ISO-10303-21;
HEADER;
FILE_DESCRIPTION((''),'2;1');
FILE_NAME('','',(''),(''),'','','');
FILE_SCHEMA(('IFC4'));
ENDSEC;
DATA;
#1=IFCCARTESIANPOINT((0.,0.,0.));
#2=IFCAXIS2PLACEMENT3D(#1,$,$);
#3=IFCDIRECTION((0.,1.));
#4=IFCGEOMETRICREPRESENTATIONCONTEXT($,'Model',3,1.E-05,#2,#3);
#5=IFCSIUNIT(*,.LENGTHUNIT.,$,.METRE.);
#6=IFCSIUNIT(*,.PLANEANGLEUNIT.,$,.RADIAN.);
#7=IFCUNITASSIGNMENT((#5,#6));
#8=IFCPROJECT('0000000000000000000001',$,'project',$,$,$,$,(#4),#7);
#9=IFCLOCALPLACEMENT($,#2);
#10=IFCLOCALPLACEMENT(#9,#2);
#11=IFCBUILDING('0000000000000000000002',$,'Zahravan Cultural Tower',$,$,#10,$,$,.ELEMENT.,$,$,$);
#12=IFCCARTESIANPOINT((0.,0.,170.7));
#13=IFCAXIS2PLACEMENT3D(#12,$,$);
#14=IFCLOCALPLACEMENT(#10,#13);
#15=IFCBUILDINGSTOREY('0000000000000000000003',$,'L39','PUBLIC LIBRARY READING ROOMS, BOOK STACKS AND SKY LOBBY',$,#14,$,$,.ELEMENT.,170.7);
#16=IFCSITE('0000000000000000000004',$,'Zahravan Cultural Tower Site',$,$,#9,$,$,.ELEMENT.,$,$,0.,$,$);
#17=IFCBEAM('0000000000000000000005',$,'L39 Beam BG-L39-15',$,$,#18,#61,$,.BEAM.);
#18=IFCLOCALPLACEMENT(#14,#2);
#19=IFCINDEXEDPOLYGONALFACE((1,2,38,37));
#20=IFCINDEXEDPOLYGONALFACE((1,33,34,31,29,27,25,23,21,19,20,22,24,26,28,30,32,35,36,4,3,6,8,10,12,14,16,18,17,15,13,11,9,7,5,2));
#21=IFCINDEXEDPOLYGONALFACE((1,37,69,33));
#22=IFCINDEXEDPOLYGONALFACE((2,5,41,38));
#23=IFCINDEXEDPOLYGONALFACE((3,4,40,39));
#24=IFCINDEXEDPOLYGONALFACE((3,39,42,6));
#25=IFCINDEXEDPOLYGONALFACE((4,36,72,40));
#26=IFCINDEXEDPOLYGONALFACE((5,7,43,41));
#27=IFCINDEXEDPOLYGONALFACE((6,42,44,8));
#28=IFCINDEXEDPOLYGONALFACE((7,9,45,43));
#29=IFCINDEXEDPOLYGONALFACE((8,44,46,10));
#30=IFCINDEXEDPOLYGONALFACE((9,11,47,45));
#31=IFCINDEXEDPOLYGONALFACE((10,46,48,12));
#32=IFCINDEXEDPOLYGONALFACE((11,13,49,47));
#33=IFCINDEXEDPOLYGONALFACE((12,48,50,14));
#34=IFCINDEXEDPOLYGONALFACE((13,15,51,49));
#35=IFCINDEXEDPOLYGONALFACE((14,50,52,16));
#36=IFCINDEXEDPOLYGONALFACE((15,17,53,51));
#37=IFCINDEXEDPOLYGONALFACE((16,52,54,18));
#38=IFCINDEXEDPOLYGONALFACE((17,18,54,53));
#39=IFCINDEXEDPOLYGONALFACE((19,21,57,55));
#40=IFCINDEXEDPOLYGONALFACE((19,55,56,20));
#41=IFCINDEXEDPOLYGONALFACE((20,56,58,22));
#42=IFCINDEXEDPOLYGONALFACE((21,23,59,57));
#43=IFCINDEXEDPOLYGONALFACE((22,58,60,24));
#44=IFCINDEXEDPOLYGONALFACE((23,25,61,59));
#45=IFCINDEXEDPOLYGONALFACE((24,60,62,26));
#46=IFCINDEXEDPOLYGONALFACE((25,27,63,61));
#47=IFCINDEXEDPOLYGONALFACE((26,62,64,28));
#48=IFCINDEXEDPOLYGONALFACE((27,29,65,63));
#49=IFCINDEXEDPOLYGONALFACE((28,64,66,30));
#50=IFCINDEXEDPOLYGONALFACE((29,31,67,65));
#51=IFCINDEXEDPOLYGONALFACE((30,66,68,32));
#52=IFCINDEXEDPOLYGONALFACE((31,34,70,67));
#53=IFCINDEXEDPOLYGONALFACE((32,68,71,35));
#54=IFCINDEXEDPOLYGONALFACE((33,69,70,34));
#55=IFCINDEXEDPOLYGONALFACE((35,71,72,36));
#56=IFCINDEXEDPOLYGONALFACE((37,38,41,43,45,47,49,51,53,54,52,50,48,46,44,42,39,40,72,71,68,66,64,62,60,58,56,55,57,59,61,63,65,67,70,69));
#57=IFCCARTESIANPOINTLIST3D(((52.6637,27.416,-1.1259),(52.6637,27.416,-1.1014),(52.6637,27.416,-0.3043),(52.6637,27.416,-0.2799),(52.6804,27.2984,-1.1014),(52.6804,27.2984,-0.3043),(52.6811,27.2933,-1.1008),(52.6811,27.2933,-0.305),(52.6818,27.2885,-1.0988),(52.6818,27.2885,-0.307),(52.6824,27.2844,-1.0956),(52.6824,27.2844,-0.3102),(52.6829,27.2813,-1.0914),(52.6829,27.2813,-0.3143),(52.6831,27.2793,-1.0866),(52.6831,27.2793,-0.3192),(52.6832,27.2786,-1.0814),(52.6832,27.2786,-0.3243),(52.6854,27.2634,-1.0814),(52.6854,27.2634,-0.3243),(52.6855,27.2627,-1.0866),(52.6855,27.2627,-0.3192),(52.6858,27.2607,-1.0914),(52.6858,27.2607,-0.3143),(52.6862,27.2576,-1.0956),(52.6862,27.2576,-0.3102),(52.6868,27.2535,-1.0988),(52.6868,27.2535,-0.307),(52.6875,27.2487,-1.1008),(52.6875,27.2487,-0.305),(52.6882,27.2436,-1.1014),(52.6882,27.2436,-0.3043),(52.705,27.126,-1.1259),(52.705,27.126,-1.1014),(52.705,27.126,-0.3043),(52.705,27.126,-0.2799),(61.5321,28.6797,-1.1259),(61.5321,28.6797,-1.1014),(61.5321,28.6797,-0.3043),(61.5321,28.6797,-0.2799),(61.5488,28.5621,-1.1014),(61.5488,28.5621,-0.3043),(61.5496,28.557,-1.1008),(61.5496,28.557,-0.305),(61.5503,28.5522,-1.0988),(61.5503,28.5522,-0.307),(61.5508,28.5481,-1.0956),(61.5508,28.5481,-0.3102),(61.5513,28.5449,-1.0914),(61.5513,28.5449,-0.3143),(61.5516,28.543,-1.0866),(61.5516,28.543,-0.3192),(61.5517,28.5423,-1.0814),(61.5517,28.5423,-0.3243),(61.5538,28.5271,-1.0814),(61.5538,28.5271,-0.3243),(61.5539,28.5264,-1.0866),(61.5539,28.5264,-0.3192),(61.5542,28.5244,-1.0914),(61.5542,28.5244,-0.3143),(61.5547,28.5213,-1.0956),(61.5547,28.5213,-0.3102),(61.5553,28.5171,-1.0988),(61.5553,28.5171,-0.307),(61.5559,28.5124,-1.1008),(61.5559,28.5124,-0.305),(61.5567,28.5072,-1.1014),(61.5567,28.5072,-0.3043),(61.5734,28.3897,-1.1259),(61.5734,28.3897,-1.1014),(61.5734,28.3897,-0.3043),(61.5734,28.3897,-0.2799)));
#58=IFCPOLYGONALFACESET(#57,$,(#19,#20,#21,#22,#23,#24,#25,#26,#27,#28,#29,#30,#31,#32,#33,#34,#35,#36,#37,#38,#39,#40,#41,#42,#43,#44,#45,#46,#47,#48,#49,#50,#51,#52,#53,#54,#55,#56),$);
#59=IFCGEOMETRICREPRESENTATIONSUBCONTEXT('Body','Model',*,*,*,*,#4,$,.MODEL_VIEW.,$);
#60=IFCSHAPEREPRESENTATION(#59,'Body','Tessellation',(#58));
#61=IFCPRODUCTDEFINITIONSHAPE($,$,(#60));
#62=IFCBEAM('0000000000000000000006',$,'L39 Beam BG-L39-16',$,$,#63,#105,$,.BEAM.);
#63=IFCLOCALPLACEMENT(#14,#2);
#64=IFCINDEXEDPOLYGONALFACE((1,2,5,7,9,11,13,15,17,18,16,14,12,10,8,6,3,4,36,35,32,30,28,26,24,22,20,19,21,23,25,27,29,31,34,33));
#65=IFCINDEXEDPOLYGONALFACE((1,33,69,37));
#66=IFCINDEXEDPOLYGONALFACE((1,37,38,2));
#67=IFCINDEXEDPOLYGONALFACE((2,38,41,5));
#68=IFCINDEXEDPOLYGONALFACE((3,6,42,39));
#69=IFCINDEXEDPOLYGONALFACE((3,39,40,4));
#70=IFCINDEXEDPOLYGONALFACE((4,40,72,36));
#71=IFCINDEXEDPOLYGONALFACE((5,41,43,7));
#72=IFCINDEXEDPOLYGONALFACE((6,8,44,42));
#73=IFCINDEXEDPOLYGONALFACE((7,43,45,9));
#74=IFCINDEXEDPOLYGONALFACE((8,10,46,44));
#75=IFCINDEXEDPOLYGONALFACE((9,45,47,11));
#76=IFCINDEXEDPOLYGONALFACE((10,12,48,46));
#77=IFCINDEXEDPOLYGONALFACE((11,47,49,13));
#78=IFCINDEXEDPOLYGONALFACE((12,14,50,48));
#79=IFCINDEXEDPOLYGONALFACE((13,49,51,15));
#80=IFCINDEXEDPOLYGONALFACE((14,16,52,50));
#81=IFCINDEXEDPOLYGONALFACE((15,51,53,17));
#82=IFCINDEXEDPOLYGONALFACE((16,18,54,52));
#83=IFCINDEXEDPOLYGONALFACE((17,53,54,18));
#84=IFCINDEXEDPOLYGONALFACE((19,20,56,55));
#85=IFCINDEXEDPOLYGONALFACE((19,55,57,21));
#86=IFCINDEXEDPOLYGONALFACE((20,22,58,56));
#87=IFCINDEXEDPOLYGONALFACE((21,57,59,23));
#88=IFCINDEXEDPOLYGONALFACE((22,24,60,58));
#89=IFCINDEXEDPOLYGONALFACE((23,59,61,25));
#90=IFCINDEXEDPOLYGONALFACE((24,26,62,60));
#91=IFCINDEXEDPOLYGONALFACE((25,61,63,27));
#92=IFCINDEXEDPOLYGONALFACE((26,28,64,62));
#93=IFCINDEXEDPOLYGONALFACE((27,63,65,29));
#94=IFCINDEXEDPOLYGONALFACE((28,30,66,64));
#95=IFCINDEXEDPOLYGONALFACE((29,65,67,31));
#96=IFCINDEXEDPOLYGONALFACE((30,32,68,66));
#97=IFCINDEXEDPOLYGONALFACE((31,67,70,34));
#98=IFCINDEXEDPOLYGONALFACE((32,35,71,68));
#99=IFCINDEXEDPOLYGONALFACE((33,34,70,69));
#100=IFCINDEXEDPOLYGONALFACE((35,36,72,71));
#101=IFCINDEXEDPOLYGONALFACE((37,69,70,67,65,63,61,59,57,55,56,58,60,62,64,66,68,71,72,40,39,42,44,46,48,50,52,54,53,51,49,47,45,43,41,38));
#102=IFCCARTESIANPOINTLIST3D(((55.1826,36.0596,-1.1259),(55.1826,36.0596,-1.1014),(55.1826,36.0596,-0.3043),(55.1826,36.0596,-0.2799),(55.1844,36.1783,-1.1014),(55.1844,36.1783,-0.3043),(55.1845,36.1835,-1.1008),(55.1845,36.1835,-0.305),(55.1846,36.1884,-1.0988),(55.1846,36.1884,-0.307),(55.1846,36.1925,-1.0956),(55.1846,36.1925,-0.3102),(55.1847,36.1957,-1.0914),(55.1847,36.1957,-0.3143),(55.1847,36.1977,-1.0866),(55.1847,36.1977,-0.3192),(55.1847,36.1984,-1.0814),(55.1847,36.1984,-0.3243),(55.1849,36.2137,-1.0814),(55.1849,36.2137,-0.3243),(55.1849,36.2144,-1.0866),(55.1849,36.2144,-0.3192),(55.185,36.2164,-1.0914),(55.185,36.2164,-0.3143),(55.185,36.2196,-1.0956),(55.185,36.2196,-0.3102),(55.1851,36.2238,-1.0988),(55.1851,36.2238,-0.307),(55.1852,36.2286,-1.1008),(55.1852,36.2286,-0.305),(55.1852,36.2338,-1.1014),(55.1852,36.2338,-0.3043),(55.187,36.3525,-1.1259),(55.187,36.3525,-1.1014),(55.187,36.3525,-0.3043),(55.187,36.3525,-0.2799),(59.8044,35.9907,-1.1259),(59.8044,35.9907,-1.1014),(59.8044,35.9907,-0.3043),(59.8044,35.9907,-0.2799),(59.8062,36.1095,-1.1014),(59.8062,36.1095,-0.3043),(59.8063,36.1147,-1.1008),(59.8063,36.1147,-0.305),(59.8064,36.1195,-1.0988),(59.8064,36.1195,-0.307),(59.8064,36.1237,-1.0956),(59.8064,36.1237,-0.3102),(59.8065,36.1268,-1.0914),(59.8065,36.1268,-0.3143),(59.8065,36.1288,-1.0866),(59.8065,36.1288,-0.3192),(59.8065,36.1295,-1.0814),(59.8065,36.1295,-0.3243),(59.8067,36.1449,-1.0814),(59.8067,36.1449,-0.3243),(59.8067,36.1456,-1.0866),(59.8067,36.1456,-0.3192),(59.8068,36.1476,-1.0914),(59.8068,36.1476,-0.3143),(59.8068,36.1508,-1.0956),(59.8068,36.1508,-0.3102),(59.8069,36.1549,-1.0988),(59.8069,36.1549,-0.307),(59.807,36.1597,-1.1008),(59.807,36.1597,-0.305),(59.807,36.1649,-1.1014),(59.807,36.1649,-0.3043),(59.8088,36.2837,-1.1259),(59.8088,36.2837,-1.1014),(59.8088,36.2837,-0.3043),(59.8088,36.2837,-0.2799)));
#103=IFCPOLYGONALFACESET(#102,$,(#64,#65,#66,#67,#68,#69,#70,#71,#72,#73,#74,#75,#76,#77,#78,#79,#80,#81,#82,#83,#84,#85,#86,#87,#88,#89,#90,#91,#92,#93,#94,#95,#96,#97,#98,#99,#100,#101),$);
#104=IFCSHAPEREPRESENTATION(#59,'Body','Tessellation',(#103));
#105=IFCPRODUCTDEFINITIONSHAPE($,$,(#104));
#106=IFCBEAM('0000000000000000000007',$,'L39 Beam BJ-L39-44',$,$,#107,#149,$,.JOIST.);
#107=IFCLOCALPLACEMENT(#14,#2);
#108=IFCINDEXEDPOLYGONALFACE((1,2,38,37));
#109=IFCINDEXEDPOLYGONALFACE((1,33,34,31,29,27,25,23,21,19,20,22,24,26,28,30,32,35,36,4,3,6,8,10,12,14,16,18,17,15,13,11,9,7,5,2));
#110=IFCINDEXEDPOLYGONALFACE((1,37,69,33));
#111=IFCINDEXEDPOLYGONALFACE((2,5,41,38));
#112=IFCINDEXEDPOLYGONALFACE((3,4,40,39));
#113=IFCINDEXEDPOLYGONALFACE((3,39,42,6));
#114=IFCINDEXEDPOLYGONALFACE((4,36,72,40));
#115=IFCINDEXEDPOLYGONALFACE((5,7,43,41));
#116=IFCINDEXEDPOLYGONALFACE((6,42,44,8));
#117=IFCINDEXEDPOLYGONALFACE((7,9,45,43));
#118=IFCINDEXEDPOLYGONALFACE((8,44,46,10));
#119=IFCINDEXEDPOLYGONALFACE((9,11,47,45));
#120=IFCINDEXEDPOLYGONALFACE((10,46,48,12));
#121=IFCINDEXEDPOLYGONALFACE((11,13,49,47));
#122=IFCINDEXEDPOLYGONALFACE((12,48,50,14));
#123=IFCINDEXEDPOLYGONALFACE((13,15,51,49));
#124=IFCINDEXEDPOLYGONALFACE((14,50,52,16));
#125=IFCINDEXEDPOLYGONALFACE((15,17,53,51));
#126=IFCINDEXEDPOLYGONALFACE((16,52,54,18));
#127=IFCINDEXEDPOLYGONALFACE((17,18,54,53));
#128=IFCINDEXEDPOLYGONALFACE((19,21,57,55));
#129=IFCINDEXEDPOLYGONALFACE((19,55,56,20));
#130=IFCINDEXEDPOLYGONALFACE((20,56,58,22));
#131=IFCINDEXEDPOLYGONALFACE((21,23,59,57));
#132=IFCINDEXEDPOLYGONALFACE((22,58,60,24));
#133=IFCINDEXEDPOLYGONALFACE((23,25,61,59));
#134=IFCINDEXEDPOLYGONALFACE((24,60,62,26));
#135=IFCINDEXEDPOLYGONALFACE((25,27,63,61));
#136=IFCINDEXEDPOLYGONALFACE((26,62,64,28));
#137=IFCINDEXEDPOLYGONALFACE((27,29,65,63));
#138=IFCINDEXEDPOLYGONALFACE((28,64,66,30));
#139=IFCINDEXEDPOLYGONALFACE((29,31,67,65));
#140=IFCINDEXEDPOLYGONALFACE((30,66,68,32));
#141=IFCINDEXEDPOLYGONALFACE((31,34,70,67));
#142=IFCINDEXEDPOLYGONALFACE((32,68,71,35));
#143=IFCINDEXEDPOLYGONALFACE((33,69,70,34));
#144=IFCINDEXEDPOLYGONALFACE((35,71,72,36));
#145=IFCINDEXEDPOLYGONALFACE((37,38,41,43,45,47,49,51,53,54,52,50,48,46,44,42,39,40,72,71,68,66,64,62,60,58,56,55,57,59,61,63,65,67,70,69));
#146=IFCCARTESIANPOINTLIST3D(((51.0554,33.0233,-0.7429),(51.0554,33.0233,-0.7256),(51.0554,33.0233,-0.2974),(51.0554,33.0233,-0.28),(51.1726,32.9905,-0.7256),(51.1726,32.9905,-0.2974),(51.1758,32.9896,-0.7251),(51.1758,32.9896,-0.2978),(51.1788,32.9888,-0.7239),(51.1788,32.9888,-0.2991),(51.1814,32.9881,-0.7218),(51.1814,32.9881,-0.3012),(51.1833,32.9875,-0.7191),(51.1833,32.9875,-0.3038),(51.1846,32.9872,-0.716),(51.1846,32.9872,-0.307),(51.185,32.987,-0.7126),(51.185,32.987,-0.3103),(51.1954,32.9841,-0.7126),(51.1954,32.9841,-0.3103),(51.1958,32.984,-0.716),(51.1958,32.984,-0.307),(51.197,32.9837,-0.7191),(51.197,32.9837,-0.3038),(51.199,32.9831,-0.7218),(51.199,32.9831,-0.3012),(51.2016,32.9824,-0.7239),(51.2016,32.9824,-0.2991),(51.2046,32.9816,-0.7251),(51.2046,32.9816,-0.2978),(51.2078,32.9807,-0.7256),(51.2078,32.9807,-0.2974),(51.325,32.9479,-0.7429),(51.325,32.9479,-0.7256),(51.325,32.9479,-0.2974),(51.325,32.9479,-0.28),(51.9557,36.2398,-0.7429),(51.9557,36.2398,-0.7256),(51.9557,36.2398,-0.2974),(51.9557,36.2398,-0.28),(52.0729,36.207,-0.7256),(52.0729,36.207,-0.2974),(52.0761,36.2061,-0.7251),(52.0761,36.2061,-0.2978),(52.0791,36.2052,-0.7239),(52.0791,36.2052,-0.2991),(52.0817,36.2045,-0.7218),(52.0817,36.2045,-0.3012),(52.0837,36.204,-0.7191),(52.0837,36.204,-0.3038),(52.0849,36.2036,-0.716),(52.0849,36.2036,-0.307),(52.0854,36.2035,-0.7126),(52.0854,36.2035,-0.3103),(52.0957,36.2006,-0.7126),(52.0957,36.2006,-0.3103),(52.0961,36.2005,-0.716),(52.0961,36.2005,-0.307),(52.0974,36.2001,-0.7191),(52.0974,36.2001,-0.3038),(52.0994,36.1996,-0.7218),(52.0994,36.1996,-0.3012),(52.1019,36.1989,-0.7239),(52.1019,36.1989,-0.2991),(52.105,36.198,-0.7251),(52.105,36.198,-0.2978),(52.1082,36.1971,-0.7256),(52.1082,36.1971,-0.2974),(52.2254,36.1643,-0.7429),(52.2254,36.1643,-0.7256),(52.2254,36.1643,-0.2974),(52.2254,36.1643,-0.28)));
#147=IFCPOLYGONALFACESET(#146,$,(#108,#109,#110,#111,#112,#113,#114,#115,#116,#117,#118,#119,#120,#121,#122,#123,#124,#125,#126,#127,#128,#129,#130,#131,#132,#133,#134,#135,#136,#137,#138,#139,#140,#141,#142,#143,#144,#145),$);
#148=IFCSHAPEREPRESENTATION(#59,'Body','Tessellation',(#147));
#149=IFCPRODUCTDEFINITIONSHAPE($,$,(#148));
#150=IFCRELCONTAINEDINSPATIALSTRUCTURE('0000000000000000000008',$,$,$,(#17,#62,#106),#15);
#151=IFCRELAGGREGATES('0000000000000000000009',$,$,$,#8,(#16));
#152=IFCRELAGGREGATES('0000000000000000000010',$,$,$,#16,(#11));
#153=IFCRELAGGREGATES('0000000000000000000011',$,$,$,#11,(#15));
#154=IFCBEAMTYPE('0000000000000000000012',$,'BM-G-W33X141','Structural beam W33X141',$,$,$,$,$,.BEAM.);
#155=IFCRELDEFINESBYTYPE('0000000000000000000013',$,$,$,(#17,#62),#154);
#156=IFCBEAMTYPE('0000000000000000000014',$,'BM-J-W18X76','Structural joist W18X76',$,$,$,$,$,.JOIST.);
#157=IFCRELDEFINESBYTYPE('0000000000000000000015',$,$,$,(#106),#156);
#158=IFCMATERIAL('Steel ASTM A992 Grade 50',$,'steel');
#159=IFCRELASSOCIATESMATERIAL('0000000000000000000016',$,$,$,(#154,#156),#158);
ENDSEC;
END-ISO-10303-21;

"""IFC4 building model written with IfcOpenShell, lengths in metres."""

from ifc_helpers import new_model, si_unit, direction, frame, origin, origin_2d, place, context, subcontext, project, spatial, i_section, extrude, source, transform, mapped, material, material_profile, profile_set, type_object, element, save


model = new_model("IFC4")

# Units and contexts
model_context = context("Model", 3, precision=1e-05, world=origin(), true_north=direction((0.0, 1.0)))
body_context = subcontext(model_context, "Body", "Model", "MODEL_VIEW")
ifc_project = project(units=[si_unit("LENGTHUNIT", "METRE"), si_unit("PLANEANGLEUNIT", "RADIAN")], contexts=[model_context])

# Site, building, storey
site_placement = place(None, origin())
site = spatial("IfcSite", under=ifc_project, at=site_placement, Name="Zahravan Cultural Tower Site", CompositionType="ELEMENT", RefElevation=0.0)
building_placement = place(site_placement, origin())
building = spatial("IfcBuilding", under=site, at=building_placement, Name="Zahravan Cultural Tower", CompositionType="ELEMENT")
storey_placement = place(building_placement, frame((0.0, 0.0, 170.7)))
storey = spatial("IfcBuildingStorey", under=building, at=storey_placement, Name="L39", Description="PUBLIC LIBRARY READING ROOMS, BOOK STACKS AND SKY LOBBY", CompositionType="ELEMENT", Elevation=170.7)

# Shared definitions
ifc_material_1 = material(Name="Steel ASTM A992 Grade 50", Category="steel")

# Beams
ifc_material_profile_1 = material_profile(ifc_material_1, i_section(OverallWidth=0.293, OverallDepth=0.8459, WebThickness=0.0154, FlangeThickness=0.0244, FilletRadius=0.02, at=origin_2d()), Name="W33X141")
ifc_profile_set_1 = profile_set([ifc_material_profile_1], Name="Steel ASTM A992 Grade 50")
beam_type_1 = type_object("IfcBeamType", Name="BM-G-W33X141", Description="Structural beam W33X141", PredefinedType="BEAM", material=ifc_profile_set_1)
shared_shape_1 = source(origin(), body_context, "Body", "SweptSolid", [
    extrude(i_section(OverallWidth=0.293, OverallDepth=0.8459, WebThickness=0.0154, FlangeThickness=0.0244, FilletRadius=0.02, at=origin_2d()), origin(), (0.0, 0.0, 1.0), 8.958),
])
beam_1_placement = place(storey_placement, frame((52.6843, 27.271, -0.7029), z_axis=(0.99, 0.141067, 0.0), x_axis=(-0.141067, 0.99, 0.0)))
element("IfcBeam", 1, at=beam_1_placement, inside=storey, type_object=beam_type_1, Name="L39 Beam BG-L39-15", PredefinedType="BEAM", context=body_context, shape_type="MappedRepresentation", body=[
    mapped(shared_shape_1, transform((0.0, 0.0, 0.0), x_axis=(1.0, 0.0, 0.0), y_axis=(0.0, 1.0, 0.0), z_axis=(0.0, 0.0, 1.0), scale=1.0)),
])
shared_shape_2 = source(origin(), body_context, "Body", "SweptSolid", [
    extrude(i_section(OverallWidth=0.293, OverallDepth=0.8459, WebThickness=0.0154, FlangeThickness=0.0244, FilletRadius=0.02, at=origin_2d()), origin(), (0.0, 0.0, 1.0), 4.6223),
])
beam_2_placement = place(storey_placement, frame((55.1848, 36.2061, -0.7029), z_axis=(0.999889, -0.014895, 0.0), x_axis=(0.014895, 0.999889, 0.0)))
element("IfcBeam", 2, at=beam_2_placement, inside=storey, type_object=beam_type_1, Name="L39 Beam BG-L39-16", PredefinedType="BEAM", context=body_context, shape_type="MappedRepresentation", body=[
    mapped(shared_shape_2, transform((0.0, 0.0, 0.0), x_axis=(1.0, 0.0, 0.0), y_axis=(0.0, 1.0, 0.0), z_axis=(0.0, 0.0, 1.0), scale=1.0)),
])
ifc_material_profile_2 = material_profile(ifc_material_1, i_section(OverallWidth=0.28, OverallDepth=0.4629, WebThickness=0.0107, FlangeThickness=0.0173, FilletRadius=0.0129, at=origin_2d()), Name="W18X76")
ifc_profile_set_2 = profile_set([ifc_material_profile_2], Name="Steel ASTM A992 Grade 50")
beam_type_2 = type_object("IfcBeamType", Name="BM-J-W18X76", Description="Structural joist W18X76", PredefinedType="JOIST", material=ifc_profile_set_2)
shared_shape_3 = source(origin(), body_context, "Body", "SweptSolid", [
    extrude(i_section(OverallWidth=0.28, OverallDepth=0.4629, WebThickness=0.0107, FlangeThickness=0.0173, FilletRadius=0.0129, at=origin_2d()), origin(), (0.0, 0.0, 1.0), 3.3401),
])
beam_3_placement = place(storey_placement, frame((51.1902, 32.9856, -0.5115), z_axis=(0.269562, 0.962983, 0.0), x_axis=(-0.962983, 0.269562, 0.0)))
element("IfcBeam", 3, at=beam_3_placement, inside=storey, type_object=beam_type_2, Name="L39 Beam BJ-L39-44", PredefinedType="JOIST", context=body_context, shape_type="MappedRepresentation", body=[
    mapped(shared_shape_3, transform((0.0, 0.0, 0.0), x_axis=(1.0, 0.0, 0.0), y_axis=(0.0, 1.0, 0.0), z_axis=(0.0, 0.0, 1.0), scale=1.0)),
])

save(model, "model.ifc")
